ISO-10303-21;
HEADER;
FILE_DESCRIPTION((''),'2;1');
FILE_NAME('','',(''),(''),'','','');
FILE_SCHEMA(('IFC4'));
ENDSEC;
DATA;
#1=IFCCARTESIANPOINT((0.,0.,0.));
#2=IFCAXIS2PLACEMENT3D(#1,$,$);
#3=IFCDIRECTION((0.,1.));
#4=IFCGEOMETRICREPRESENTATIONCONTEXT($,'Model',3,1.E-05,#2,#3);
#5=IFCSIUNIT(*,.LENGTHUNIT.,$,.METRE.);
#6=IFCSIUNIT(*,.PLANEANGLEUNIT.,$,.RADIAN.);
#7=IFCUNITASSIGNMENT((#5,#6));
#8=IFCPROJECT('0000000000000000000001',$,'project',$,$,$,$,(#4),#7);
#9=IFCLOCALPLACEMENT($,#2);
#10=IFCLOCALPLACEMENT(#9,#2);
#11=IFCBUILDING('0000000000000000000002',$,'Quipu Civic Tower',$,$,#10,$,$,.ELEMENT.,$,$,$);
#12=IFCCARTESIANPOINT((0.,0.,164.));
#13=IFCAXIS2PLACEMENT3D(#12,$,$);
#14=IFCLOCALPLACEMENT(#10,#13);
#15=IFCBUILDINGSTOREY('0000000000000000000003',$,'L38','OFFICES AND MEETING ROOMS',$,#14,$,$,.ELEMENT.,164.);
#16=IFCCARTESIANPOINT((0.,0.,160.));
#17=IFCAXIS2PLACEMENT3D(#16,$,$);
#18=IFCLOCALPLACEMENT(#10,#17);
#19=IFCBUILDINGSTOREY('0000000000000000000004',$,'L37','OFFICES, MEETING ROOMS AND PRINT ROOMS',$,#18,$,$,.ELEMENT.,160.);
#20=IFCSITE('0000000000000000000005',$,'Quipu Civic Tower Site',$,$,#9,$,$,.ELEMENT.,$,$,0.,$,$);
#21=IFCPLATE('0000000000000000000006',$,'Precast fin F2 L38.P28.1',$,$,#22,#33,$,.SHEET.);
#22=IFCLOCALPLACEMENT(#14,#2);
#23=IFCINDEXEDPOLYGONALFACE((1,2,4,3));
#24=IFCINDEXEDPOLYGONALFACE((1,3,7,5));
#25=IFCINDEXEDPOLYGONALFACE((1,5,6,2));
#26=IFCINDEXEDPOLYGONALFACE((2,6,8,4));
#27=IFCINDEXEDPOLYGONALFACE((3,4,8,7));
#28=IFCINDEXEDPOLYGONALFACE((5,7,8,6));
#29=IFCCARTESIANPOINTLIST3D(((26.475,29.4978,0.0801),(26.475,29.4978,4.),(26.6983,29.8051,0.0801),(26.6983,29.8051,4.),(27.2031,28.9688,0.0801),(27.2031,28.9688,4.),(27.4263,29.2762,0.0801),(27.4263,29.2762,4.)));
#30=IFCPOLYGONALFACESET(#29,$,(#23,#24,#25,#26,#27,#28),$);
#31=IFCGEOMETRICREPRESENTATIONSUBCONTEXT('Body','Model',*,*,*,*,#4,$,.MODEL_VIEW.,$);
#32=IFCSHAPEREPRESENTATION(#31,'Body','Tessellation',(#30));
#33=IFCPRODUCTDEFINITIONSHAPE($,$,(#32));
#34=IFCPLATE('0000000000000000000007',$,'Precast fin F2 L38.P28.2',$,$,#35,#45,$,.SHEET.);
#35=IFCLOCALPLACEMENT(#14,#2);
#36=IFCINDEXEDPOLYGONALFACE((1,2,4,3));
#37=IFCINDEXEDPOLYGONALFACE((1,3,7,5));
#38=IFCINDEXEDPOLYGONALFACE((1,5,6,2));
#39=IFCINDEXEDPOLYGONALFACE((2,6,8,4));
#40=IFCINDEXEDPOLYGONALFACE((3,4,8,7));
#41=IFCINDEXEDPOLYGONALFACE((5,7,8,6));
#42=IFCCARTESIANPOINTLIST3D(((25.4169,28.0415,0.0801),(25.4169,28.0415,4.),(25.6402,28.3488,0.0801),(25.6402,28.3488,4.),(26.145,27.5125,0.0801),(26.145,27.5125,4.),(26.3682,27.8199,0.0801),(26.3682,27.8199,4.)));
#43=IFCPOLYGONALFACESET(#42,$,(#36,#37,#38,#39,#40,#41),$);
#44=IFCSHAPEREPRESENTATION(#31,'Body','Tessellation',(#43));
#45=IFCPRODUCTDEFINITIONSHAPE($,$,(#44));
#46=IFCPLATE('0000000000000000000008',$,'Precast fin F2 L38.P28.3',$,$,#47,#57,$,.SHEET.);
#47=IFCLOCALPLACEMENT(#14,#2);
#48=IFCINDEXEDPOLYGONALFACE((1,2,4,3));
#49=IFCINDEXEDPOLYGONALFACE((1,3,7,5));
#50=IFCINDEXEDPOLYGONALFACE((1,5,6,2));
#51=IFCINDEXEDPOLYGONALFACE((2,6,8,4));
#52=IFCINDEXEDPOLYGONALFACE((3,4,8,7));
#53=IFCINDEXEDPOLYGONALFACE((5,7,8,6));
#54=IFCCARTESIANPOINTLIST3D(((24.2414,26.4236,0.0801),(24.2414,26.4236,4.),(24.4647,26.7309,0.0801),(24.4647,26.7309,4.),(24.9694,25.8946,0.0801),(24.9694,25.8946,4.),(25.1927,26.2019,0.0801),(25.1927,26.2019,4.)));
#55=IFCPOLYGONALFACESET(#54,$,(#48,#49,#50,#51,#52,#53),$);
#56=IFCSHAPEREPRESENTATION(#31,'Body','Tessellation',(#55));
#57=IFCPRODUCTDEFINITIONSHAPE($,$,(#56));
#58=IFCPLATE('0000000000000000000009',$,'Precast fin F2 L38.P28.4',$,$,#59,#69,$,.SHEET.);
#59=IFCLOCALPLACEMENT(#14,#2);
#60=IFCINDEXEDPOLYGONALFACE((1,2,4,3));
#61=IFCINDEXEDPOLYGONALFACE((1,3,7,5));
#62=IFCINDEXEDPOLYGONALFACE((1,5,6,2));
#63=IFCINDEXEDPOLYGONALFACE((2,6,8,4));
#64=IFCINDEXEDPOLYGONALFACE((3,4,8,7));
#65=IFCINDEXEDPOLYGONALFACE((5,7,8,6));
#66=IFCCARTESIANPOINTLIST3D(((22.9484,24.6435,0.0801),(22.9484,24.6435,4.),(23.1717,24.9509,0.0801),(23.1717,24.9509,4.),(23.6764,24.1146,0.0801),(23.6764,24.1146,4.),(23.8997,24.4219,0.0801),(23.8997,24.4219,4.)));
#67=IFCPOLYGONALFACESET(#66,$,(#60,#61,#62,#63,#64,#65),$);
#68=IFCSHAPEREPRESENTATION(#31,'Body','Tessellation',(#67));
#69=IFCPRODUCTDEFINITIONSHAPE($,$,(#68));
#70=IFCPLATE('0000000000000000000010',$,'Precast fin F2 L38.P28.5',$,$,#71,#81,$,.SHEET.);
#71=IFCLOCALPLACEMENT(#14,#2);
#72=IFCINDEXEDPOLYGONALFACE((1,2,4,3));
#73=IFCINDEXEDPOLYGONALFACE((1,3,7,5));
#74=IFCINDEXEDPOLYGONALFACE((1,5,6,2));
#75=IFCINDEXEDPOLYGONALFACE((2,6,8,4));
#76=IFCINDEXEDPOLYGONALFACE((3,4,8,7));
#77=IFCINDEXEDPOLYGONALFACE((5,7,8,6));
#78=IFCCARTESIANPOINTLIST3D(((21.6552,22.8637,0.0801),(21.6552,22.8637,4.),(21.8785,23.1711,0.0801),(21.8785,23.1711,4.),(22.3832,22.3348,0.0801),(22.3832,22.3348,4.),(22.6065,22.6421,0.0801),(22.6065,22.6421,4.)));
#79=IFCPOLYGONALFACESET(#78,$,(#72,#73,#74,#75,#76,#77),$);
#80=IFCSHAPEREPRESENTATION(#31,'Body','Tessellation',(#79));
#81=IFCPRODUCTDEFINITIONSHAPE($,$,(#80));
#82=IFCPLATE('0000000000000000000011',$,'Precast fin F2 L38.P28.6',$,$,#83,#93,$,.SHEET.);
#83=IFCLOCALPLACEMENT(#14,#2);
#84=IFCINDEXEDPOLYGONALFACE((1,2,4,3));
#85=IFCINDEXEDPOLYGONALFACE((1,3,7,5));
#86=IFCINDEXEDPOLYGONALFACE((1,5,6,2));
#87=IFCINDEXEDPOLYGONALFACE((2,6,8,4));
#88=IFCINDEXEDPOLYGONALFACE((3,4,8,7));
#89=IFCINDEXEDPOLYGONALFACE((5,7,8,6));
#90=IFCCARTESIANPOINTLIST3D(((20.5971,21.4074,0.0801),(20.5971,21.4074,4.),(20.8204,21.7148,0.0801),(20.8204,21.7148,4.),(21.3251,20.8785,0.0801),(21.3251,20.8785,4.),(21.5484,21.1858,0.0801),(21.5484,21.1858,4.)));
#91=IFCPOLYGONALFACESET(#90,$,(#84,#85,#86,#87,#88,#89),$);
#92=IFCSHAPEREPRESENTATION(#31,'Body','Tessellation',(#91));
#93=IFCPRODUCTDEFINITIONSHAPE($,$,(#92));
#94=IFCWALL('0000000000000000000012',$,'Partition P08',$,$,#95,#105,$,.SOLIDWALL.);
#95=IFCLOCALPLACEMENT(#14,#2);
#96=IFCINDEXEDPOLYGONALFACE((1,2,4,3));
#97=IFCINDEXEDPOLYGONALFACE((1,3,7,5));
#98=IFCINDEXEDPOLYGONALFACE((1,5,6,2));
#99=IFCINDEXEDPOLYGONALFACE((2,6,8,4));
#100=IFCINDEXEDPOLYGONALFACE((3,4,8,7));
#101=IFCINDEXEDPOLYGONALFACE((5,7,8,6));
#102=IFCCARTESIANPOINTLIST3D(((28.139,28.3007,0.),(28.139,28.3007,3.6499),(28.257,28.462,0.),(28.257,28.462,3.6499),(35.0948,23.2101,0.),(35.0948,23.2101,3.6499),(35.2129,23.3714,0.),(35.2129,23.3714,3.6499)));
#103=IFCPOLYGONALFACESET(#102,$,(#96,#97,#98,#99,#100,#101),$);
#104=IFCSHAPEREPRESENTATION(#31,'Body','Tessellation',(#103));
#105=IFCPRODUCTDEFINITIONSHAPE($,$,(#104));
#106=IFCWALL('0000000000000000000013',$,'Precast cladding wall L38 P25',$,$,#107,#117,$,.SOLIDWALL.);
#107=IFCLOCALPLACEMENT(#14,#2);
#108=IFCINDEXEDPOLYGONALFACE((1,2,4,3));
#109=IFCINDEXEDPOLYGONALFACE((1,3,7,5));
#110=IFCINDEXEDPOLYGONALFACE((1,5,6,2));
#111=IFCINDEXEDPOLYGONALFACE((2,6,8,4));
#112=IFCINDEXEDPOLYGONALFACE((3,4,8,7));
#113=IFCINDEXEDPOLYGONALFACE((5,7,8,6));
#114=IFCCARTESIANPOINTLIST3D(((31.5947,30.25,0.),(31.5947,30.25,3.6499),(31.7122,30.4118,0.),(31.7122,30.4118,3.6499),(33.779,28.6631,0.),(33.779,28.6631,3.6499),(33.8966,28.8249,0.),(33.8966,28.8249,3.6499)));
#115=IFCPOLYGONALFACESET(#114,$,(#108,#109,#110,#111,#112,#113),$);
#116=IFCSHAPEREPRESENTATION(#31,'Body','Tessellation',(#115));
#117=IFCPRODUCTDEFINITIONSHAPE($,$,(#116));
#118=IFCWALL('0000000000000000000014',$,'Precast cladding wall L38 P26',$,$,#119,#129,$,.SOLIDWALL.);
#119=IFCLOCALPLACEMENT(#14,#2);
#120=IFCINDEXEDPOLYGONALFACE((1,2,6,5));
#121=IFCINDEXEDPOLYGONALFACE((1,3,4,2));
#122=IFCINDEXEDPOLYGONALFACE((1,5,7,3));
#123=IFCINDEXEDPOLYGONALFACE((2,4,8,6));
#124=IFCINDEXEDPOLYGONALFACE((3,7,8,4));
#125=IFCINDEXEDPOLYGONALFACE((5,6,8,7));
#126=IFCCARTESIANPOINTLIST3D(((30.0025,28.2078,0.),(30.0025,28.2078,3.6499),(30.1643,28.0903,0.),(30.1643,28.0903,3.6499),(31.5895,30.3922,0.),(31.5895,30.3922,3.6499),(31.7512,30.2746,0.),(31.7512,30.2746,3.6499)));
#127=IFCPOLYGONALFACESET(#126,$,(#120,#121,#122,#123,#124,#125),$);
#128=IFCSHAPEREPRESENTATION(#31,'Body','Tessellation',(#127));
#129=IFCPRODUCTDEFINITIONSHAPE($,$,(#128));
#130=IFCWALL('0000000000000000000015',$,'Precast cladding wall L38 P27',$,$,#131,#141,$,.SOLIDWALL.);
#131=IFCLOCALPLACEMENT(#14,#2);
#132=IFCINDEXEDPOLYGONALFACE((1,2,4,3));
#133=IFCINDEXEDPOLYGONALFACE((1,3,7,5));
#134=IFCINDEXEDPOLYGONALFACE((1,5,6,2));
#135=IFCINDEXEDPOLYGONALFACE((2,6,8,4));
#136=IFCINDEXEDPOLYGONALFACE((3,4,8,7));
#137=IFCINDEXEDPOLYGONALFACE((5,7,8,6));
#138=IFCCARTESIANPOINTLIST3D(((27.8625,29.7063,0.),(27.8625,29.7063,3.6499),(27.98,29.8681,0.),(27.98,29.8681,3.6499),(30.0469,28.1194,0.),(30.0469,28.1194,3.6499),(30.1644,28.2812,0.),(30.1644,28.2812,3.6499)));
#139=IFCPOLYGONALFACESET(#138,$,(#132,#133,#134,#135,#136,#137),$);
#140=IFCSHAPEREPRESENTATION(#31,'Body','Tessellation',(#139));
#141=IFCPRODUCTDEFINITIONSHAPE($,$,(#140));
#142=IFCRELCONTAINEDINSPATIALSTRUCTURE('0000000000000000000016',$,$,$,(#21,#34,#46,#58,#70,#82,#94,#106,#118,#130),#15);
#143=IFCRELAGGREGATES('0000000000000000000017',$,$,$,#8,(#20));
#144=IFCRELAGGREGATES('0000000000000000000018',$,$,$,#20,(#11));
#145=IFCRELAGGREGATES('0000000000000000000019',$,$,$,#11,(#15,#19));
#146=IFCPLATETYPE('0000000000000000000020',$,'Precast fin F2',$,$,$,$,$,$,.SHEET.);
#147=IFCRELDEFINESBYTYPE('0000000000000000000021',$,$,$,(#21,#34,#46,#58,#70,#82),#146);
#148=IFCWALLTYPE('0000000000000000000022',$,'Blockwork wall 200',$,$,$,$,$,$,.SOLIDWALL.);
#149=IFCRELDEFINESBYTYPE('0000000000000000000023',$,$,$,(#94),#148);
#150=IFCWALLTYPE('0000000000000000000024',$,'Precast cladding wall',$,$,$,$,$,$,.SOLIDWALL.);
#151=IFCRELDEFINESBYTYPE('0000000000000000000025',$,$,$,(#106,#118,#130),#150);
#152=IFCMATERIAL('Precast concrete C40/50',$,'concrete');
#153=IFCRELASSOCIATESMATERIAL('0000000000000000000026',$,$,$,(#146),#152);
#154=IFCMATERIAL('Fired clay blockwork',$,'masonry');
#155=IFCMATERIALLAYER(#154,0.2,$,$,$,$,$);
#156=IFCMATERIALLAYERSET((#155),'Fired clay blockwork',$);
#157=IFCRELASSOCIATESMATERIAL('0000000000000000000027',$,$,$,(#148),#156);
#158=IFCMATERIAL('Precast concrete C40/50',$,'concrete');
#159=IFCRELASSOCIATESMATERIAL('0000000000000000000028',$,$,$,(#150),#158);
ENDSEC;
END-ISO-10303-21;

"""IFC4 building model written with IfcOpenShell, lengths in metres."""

from ifc_helpers import new_model, si_unit, direction, frame, frame_2d, origin, origin_2d, place, context, subcontext, project, spatial, rectangle, extrude, material, layer, layer_set, type_object, element, save


model = new_model("IFC4")

# Units and contexts
model_context = context("Model", 3, precision=1e-05, world=origin(), true_north=direction((0.0, 1.0)))
body_context = subcontext(model_context, "Body", "Model", "MODEL_VIEW")
ifc_project = project(units=[si_unit("LENGTHUNIT", "METRE"), si_unit("PLANEANGLEUNIT", "RADIAN")], contexts=[model_context])

# Site, building, storey
site_placement = place(None, origin())
site = spatial("IfcSite", under=ifc_project, at=site_placement, Name="Quipu Civic Tower Site", CompositionType="ELEMENT", RefElevation=0.0)
building_placement = place(site_placement, origin())
building = spatial("IfcBuilding", under=site, at=building_placement, Name="Quipu Civic Tower", CompositionType="ELEMENT")
storey_1_placement = place(building_placement, frame((0.0, 0.0, 164.0)))
storey_1 = spatial("IfcBuildingStorey", under=building, at=storey_1_placement, Name="L38", Description="OFFICES AND MEETING ROOMS", CompositionType="ELEMENT", Elevation=164.0)

# Shared definitions
storey_2_placement = place(building_placement, frame((0.0, 0.0, 160.0)))
storey_2 = spatial("IfcBuildingStorey", under=building, at=storey_2_placement, Name="L37", Description="OFFICES, MEETING ROOMS AND PRINT ROOMS", CompositionType="ELEMENT", Elevation=160.0)

# Plates
ifc_material_1 = material(Name="Precast concrete C40/50", Category="concrete")
plate_type_1 = type_object("IfcPlateType", Name="Precast fin F2", PredefinedType="SHEET", material=ifc_material_1)
for number, where, z_axis, x_axis, name in (
    (1, (26.9507, 29.387, 0.0801), (0.0, 0.0, 1.0), (-0.587787, -0.809016, 0.0), "Precast fin F2 L38.P28.1"),
    (2, (25.8926, 27.9307, 0.0801), (0.0, 0.0, 1.0), (-0.587787, -0.809016, 0.0), "Precast fin F2 L38.P28.2"),
    (3, (24.717, 26.3127, 0.0801), (0.0, 0.0, 1.0), (-0.587787, -0.809016, 0.0), "Precast fin F2 L38.P28.3"),
    (4, (23.4241, 24.5327, 0.0801), (0.0, 0.0, 1.0), (-0.587787, -0.809016, 0.0), "Precast fin F2 L38.P28.4"),
    (5, (22.1309, 22.7529, 0.0801), (0.0, 0.0, 1.0), (-0.587787, -0.809016, 0.0), "Precast fin F2 L38.P28.5"),
    (6, (21.0728, 21.2966, 0.0801), (0.0, 0.0, 1.0), (-0.587787, -0.809016, 0.0), "Precast fin F2 L38.P28.6"),
):
    element("IfcPlate", number, at=place(storey_1_placement, frame(where, z_axis=z_axis, x_axis=x_axis)), inside=storey_1, type_object=plate_type_1, Name=name, PredefinedType="SHEET", context=body_context, shape_type="SweptSolid", body=[
        extrude(rectangle(XDim=0.3799, YDim=0.8999, at=origin_2d()), origin(), (0.0, 0.0, 1.0), 3.9199),
    ])

# Walls
ifc_material_2 = material(Name="Fired clay blockwork", Category="masonry")
ifc_layer_1 = layer(ifc_material_2, 0.2)
ifc_layer_set_1 = layer_set([ifc_layer_1], Name="Fired clay blockwork")
wall_type_1 = type_object("IfcWallType", Name="Blockwork wall 200", PredefinedType="SOLIDWALL", material=ifc_layer_set_1)
wall_placement = place(storey_1_placement, frame((28.198, 28.3813, 0.0), z_axis=(0.0, 0.0, 1.0), x_axis=(0.806977, -0.590582, 0.0)))
element("IfcWall", 7, at=wall_placement, inside=storey_1, type_object=wall_type_1, Name="Partition P08", PredefinedType="SOLIDWALL", context=body_context, shape_type="SweptSolid", body=[
    extrude(rectangle(XDim=8.6196, YDim=0.2, at=frame_2d((4.3098, 0.0))), origin(), (0.0, 0.0, 1.0), 3.6499),
])
ifc_material_3 = material(Name="Precast concrete C40/50", Category="concrete")
wall_type_2 = type_object("IfcWallType", Name="Precast cladding wall", PredefinedType="SOLIDWALL", material=ifc_material_3)
for number, where, z_axis, x_axis, name in (
    (8, (33.8379, 28.7439, 0.0), (0.0, 0.0, 1.0), (-0.809033, 0.587763, 0.0), "Precast cladding wall L38 P25"),
    (9, (31.6704, 30.3335, 0.0), (0.0, 0.0, 1.0), (-0.587763, -0.809033, 0.0), "Precast cladding wall L38 P26"),
    (10, (30.1057, 28.2002, 0.0), (0.0, 0.0, 1.0), (-0.809033, 0.587763, 0.0), "Precast cladding wall L38 P27"),
):
    element("IfcWall", number, at=place(storey_1_placement, frame(where, z_axis=z_axis, x_axis=x_axis)), inside=storey_1, type_object=wall_type_2, Name=name, PredefinedType="SOLIDWALL", context=body_context, shape_type="SweptSolid", body=[
        extrude(rectangle(XDim=2.7, YDim=0.2, at=frame_2d((1.3501, 0.0))), origin(), (0.0, 0.0, 1.0), 3.6499),
    ])

save(model, "model.ifc")
